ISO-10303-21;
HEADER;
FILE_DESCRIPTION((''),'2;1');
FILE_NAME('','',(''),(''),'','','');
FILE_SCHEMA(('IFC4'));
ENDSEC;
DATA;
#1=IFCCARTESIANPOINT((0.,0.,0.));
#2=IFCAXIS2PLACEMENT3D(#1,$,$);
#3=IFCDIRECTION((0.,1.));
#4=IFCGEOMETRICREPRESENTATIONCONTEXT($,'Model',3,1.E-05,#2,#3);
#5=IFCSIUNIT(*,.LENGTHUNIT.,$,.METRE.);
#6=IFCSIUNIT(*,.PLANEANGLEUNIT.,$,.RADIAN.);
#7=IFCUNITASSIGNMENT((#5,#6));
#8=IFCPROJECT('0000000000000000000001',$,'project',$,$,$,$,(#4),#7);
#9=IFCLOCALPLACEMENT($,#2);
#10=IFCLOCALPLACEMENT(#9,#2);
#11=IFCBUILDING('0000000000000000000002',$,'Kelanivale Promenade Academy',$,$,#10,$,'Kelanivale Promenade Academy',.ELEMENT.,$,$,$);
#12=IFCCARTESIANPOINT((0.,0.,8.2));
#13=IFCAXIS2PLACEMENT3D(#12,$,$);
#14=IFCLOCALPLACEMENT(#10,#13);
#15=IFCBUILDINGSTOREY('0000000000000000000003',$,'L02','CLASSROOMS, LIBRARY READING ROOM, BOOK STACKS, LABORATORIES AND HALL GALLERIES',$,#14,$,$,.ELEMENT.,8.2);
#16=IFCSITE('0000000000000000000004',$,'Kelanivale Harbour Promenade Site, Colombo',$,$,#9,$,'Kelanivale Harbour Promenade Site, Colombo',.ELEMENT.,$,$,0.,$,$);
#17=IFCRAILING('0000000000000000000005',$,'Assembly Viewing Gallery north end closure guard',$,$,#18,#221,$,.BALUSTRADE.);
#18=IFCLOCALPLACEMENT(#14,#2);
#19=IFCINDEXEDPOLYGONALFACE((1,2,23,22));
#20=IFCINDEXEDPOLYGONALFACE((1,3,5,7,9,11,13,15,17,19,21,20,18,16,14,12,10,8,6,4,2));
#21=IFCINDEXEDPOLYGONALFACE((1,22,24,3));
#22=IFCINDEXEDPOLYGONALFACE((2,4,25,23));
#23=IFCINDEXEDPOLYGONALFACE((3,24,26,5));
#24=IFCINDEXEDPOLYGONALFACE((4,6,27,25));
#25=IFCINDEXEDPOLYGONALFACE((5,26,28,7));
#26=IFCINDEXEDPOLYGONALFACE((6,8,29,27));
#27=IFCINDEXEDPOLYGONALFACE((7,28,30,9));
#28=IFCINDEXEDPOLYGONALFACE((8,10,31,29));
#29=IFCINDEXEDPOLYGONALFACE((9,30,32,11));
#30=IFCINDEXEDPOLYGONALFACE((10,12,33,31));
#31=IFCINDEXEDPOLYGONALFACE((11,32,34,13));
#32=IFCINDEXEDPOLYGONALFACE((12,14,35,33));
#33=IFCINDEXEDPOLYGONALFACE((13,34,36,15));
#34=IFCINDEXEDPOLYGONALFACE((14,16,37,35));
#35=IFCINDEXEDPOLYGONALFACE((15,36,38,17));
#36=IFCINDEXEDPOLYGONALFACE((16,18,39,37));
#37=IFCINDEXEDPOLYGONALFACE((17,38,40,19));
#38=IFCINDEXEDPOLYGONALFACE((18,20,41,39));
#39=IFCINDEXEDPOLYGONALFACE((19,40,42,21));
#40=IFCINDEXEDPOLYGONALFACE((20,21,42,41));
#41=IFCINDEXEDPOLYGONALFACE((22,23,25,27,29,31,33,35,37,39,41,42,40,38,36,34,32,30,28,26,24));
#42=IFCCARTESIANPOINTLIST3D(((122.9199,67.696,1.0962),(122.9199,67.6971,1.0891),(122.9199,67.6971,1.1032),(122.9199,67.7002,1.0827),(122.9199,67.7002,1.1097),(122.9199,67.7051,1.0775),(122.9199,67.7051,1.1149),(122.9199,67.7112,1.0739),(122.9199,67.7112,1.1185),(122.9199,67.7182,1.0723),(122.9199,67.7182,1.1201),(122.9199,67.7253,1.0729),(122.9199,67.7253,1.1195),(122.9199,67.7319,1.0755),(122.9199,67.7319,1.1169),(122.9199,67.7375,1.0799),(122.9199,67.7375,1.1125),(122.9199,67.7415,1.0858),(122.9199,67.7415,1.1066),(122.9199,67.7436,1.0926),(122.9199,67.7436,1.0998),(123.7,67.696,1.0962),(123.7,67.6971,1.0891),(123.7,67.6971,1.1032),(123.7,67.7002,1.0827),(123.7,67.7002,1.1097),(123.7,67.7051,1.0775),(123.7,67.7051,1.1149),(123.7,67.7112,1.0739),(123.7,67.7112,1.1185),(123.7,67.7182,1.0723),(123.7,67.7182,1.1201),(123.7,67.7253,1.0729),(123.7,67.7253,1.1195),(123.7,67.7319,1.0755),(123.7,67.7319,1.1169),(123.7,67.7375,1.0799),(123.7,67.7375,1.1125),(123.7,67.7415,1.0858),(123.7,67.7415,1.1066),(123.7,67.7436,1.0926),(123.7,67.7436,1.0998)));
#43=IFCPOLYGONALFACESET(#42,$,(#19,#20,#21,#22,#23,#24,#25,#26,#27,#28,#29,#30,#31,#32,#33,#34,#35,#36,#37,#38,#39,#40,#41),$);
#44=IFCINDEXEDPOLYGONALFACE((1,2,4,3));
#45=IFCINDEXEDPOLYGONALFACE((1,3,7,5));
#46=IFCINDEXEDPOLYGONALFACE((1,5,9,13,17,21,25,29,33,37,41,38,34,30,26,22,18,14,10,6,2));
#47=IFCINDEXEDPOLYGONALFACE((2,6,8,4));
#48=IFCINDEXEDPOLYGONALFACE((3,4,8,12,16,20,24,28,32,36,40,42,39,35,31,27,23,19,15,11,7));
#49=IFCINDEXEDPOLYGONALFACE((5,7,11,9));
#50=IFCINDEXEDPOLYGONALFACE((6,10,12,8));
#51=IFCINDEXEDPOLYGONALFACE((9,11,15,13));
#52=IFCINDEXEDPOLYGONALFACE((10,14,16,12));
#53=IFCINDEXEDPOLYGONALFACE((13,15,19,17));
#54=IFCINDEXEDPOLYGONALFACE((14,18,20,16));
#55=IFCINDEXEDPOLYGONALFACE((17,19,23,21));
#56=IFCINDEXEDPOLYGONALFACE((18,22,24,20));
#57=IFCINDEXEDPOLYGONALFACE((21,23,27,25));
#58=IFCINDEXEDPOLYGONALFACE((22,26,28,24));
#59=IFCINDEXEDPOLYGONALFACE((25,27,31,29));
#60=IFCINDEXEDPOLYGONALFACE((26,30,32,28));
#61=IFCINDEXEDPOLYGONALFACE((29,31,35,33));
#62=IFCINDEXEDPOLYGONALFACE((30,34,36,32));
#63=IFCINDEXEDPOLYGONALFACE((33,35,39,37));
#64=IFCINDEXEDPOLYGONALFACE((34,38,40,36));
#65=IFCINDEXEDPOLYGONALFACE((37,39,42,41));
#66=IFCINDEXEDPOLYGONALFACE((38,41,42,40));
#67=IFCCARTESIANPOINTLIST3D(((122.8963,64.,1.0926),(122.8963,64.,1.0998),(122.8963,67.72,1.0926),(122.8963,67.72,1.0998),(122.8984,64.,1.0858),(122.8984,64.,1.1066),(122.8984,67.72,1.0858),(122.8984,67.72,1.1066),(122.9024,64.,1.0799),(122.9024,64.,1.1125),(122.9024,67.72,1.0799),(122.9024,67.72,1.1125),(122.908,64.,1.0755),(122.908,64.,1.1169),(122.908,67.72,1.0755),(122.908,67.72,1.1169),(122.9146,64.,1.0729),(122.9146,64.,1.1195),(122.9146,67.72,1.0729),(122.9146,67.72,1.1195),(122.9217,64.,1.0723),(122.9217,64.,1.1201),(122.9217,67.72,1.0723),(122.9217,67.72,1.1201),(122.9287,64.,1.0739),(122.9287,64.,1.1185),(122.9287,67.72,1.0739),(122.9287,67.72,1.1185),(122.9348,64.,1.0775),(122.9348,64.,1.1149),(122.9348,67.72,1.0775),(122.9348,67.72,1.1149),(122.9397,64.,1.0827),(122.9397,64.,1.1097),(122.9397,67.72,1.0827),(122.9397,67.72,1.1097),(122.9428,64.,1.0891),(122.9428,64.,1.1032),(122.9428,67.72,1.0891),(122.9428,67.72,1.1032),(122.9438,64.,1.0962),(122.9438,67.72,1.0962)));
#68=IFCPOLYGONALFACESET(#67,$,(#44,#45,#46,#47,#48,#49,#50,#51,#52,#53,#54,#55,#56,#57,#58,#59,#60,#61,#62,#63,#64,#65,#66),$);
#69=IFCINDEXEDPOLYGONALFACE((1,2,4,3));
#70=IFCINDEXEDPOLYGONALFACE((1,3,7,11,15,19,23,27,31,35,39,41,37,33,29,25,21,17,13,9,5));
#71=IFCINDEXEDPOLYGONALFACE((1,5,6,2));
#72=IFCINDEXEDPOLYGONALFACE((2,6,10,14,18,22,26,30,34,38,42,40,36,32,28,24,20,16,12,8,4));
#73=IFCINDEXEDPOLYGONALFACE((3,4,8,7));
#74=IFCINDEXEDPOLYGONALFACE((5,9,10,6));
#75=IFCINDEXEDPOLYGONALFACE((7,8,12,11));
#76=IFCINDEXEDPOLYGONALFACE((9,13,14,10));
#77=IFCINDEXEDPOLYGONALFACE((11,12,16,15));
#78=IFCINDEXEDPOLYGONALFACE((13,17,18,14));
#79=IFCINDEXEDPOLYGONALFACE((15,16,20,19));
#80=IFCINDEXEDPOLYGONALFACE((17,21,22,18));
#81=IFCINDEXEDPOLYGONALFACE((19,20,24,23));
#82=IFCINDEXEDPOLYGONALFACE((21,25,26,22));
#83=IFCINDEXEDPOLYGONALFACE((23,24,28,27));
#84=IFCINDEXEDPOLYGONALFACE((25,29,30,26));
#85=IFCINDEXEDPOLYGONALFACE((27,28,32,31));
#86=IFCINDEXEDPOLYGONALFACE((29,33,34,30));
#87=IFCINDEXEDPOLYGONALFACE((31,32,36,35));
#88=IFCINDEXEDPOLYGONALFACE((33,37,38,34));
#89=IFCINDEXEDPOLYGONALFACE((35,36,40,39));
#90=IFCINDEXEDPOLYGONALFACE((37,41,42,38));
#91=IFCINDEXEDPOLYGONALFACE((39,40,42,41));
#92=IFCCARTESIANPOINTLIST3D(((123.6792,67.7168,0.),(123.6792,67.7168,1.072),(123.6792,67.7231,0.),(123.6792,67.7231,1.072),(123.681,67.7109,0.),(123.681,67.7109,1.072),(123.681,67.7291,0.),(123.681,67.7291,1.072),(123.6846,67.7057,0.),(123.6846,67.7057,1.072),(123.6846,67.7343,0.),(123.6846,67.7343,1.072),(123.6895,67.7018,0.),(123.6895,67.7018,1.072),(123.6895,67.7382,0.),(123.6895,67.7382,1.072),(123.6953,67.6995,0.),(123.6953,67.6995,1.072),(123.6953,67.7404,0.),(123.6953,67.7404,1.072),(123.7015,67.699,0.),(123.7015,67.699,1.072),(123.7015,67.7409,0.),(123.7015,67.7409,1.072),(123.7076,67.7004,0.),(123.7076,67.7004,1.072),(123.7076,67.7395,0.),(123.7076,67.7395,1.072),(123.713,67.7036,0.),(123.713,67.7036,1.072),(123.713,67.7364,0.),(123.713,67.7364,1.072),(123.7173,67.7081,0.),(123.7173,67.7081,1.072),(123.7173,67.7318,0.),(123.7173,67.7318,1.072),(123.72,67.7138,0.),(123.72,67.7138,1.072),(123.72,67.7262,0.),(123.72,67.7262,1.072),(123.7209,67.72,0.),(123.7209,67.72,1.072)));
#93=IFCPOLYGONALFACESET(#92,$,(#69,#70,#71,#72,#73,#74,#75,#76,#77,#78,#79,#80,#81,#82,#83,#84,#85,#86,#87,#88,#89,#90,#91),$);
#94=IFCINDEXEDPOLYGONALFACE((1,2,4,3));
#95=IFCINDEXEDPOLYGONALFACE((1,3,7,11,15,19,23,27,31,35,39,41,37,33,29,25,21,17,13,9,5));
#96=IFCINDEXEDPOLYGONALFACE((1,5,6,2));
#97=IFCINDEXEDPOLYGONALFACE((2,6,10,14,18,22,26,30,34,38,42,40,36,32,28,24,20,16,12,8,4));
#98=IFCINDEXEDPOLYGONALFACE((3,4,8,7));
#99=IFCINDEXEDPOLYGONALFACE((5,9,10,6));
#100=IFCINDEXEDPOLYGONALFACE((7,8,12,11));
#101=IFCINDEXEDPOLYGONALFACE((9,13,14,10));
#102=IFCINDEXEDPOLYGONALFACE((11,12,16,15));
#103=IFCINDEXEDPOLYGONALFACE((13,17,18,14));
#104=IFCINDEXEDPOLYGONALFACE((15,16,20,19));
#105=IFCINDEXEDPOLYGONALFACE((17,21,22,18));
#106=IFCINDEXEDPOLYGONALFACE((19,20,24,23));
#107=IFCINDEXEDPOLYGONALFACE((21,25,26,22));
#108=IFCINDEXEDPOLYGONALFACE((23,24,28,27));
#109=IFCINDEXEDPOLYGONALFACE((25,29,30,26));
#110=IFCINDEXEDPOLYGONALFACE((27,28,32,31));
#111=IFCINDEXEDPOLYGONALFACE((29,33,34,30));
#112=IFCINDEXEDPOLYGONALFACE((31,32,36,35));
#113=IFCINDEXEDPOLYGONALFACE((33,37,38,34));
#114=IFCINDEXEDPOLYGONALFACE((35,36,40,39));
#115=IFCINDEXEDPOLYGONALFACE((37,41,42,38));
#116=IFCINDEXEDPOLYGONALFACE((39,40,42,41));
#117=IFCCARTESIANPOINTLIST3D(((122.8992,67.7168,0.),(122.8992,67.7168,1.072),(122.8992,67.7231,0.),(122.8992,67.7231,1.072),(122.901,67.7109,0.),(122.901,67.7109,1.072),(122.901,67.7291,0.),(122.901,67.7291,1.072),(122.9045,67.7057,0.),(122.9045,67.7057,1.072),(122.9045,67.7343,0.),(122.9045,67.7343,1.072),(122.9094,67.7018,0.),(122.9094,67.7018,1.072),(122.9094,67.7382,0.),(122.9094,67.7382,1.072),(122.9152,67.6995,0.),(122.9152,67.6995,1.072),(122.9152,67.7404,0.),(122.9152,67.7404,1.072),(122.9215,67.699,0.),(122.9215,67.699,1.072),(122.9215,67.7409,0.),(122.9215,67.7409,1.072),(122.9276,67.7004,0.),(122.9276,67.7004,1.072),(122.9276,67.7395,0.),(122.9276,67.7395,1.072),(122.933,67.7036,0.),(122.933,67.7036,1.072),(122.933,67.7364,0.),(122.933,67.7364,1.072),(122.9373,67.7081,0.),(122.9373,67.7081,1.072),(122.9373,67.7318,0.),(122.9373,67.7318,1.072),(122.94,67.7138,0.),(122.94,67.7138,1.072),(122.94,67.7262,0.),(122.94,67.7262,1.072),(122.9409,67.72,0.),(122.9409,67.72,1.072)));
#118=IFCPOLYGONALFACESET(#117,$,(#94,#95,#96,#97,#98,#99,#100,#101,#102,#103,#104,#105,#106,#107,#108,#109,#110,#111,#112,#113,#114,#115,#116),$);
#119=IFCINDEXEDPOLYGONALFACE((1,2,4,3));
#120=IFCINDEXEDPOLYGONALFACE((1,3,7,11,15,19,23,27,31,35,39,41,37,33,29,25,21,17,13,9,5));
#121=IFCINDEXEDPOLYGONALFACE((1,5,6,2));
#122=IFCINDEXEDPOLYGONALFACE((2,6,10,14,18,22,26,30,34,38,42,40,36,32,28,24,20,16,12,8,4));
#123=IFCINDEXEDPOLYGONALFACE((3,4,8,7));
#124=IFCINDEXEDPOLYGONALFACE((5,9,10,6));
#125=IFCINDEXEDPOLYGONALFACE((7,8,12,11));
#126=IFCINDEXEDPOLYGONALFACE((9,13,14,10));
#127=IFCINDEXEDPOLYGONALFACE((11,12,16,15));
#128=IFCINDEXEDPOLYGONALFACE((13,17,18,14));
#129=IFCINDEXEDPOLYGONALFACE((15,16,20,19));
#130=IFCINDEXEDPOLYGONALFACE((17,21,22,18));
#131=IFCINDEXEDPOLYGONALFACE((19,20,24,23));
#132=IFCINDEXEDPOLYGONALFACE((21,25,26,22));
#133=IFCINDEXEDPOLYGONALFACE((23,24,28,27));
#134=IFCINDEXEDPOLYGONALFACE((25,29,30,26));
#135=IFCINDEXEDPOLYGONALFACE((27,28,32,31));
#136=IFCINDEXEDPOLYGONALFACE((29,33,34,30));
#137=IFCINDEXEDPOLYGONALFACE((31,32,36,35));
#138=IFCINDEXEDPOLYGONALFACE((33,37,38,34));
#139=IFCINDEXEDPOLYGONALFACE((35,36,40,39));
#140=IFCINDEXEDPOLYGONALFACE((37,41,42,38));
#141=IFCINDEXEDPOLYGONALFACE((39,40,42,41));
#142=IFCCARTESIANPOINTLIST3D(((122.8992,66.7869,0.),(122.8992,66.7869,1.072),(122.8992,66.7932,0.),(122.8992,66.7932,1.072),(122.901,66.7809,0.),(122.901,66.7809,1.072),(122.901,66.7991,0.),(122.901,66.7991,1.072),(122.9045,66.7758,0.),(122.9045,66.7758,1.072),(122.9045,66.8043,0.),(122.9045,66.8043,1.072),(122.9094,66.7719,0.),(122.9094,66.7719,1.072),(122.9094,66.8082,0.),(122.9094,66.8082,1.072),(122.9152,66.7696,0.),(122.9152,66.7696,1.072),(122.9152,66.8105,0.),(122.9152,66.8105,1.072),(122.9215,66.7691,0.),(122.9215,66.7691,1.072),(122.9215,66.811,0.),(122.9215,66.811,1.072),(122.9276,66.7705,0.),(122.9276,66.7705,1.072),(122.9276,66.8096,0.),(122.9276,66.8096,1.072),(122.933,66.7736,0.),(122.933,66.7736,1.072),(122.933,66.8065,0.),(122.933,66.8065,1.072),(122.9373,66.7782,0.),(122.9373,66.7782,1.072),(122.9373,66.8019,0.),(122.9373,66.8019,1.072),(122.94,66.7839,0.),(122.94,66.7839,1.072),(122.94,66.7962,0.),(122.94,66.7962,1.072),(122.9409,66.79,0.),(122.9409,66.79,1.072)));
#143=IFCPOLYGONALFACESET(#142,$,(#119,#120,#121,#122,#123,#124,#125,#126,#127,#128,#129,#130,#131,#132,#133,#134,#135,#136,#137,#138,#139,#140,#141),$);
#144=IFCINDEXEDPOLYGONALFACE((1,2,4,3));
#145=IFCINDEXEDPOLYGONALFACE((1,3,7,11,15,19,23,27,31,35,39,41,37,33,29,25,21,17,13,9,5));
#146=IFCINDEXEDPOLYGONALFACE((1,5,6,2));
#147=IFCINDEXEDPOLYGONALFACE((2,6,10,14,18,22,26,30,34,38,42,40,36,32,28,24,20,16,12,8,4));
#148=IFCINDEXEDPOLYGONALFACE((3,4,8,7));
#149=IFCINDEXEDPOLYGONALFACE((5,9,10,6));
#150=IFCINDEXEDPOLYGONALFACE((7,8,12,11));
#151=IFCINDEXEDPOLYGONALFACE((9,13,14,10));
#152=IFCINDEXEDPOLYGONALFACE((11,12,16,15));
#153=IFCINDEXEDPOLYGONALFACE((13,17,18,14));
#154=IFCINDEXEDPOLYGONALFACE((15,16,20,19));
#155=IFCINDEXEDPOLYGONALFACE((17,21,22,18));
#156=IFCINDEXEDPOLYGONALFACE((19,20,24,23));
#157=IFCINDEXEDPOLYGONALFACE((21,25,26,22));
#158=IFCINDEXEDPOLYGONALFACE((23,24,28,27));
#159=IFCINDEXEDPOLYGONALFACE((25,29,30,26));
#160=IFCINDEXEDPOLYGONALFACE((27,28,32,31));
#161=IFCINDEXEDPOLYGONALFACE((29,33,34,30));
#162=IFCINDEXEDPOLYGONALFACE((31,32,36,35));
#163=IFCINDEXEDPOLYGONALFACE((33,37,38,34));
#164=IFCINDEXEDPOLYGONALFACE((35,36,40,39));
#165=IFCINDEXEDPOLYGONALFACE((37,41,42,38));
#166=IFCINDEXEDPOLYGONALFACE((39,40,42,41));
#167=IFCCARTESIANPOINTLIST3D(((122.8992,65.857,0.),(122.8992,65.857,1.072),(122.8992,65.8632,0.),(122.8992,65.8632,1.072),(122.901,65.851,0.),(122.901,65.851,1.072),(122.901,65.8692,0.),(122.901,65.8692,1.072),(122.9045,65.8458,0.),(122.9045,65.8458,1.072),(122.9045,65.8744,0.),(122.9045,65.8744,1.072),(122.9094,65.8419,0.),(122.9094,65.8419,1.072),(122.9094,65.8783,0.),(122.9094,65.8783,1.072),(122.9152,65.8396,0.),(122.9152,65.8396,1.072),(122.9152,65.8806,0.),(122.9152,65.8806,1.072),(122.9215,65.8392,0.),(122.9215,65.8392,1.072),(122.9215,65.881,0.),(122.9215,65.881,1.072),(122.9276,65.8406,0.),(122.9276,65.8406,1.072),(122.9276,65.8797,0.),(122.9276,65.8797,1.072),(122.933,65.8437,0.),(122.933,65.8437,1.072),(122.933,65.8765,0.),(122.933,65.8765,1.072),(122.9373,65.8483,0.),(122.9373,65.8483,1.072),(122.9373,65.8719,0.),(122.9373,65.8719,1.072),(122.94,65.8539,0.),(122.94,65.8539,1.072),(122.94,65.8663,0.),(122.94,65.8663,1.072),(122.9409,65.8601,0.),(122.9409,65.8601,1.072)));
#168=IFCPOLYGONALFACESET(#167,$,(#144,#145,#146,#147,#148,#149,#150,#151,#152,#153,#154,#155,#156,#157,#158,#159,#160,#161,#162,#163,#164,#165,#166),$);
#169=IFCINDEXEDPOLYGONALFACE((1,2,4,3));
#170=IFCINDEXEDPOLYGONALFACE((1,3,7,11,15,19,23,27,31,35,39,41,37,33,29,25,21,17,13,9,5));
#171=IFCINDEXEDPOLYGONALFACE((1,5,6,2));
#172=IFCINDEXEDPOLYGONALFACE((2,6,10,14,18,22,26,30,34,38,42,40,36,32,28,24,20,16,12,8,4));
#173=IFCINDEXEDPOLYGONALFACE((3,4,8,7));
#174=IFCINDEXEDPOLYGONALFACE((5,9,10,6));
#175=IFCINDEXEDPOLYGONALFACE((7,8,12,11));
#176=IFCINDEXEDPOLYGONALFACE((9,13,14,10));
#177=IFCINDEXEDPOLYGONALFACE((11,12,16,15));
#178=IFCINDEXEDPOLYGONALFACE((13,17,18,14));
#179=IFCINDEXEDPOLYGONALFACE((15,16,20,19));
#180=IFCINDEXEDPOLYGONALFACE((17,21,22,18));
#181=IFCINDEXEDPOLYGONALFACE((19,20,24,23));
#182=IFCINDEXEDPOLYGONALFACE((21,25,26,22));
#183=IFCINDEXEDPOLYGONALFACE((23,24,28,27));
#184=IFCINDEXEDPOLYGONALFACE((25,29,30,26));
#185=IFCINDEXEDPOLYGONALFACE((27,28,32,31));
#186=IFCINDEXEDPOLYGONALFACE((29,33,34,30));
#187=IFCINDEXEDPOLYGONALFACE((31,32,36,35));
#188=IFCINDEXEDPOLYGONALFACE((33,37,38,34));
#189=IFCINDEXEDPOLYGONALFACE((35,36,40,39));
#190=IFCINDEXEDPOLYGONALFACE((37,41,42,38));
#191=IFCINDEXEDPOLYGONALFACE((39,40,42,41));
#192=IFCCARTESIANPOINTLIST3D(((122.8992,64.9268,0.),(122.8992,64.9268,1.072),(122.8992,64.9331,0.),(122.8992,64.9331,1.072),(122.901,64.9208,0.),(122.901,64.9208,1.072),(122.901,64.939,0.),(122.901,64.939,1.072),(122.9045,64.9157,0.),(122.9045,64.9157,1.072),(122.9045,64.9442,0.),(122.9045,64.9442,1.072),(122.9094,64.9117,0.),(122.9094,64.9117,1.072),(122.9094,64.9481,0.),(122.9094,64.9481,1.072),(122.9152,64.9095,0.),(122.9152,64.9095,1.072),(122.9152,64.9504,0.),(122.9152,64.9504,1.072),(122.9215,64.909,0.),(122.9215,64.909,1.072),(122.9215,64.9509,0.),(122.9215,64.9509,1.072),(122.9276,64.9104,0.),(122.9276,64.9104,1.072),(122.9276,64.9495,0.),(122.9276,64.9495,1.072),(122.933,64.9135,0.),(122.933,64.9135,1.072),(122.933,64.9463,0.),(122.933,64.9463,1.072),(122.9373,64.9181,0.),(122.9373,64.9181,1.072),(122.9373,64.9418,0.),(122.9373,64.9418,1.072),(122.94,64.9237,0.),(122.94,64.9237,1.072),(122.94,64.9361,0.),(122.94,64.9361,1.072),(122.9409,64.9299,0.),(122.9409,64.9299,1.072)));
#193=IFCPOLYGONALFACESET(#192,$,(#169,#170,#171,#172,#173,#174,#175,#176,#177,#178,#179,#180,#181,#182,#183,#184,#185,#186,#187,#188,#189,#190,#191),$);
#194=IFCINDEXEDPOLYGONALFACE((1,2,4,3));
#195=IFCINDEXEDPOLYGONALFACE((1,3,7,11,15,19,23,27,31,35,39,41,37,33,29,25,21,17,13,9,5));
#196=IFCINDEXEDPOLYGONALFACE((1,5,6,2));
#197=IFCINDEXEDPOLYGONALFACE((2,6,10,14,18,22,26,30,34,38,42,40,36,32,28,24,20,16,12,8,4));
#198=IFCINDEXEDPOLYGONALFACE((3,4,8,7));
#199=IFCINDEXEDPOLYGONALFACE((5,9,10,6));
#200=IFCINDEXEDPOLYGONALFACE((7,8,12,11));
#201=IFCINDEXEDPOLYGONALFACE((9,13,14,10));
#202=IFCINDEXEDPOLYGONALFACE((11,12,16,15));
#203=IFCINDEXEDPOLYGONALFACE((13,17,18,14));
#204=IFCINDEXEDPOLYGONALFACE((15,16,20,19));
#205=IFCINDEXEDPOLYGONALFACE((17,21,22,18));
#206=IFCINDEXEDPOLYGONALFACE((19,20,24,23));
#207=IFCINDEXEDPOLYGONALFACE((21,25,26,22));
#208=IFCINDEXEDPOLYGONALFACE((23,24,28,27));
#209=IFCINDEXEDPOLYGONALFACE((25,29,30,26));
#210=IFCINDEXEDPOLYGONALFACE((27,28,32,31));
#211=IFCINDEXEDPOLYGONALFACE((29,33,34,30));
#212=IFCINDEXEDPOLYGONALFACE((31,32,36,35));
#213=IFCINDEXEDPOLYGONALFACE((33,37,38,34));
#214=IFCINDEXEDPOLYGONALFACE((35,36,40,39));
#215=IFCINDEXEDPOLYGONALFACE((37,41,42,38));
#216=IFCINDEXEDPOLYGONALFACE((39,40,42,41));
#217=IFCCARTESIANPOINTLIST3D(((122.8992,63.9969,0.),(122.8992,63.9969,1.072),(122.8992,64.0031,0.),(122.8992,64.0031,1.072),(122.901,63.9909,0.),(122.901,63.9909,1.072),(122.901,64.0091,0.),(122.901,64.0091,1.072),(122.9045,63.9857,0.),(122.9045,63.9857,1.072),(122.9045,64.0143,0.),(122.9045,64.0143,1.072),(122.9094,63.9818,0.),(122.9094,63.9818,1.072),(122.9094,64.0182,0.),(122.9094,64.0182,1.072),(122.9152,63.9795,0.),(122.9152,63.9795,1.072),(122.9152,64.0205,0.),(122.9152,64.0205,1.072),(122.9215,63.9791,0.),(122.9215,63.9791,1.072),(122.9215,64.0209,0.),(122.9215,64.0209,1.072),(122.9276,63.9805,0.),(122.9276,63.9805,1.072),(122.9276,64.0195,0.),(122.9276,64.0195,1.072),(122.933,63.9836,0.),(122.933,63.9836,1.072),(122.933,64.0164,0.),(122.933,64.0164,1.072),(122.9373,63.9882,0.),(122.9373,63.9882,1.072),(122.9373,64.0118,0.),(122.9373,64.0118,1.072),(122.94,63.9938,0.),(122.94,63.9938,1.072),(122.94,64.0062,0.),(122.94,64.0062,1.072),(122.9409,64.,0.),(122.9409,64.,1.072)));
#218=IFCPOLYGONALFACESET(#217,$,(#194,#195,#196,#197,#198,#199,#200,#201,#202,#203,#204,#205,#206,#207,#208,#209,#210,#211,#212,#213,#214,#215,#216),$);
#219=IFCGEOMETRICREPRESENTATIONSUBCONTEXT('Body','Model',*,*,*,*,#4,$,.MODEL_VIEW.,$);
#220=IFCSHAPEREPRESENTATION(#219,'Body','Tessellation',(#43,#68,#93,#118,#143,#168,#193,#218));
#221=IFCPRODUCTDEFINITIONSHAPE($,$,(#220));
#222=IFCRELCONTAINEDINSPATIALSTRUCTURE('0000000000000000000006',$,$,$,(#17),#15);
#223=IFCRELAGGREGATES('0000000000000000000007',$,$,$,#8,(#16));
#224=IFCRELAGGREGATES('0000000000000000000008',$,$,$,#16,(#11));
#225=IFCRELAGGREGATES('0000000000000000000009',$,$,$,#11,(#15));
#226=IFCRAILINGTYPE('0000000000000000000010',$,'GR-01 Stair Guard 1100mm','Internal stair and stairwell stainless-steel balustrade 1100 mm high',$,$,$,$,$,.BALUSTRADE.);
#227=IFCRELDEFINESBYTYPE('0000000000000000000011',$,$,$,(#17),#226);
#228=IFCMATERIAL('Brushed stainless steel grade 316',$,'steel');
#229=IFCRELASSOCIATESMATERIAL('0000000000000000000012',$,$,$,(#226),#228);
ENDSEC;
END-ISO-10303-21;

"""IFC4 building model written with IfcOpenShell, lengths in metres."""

from ifc_helpers import new_model, si_unit, direction, frame, origin, origin_2d, place, context, subcontext, project, spatial, circle, extrude, material, type_object, element, save


model = new_model("IFC4")

# Units and contexts
model_context = context("Model", 3, precision=1e-05, world=origin(), true_north=direction((0.0, 1.0)))
body_context = subcontext(model_context, "Body", "Model", "MODEL_VIEW")
ifc_project = project(units=[si_unit("LENGTHUNIT", "METRE"), si_unit("PLANEANGLEUNIT", "RADIAN")], contexts=[model_context])

# Site, building, storey
site_placement = place(None, origin())
site = spatial("IfcSite", under=ifc_project, at=site_placement, Name="Kelanivale Harbour Promenade Site, Colombo", LongName="Kelanivale Harbour Promenade Site, Colombo", CompositionType="ELEMENT", RefElevation=0.0)
building_placement = place(site_placement, origin())
building = spatial("IfcBuilding", under=site, at=building_placement, Name="Kelanivale Promenade Academy", LongName="Kelanivale Promenade Academy", CompositionType="ELEMENT")
storey_placement = place(building_placement, frame((0.0, 0.0, 8.2)))
storey = spatial("IfcBuildingStorey", under=building, at=storey_placement, Name="L02", Description="CLASSROOMS, LIBRARY READING ROOM, BOOK STACKS, LABORATORIES AND HALL GALLERIES", CompositionType="ELEMENT", Elevation=8.2)

# Railing
ifc_material_1 = material(Name="Brushed stainless steel grade 316", Category="steel")
railing_type = type_object("IfcRailingType", Name="GR-01 Stair Guard 1100mm", Description="Internal stair and stairwell stainless-steel balustrade 1100 mm high", PredefinedType="BALUSTRADE", material=ifc_material_1)
railing_placement = place(storey_placement, frame((123.7, 67.72, 0.0)))
element("IfcRailing", 1, at=railing_placement, inside=storey, type_object=railing_type, Name="Assembly Viewing Gallery north end closure guard", PredefinedType="BALUSTRADE", context=body_context, shape_type="SweptSolid", body=[
    extrude(circle(Radius=0.0239, at=origin_2d()), frame((0.0, 0.0, 1.0962), z_axis=(-1.0, 0.0, 0.0), x_axis=(0.0, -1.0, 0.0)), (0.0, 0.0, 1.0), 0.78),
    extrude(circle(Radius=0.0239, at=origin_2d()), frame((-0.78, 0.0, 1.0962), z_axis=(0.0, -1.0, 0.0), x_axis=(1.0, 0.0, 0.0)), (0.0, 0.0, 1.0), 3.72),
    extrude(circle(Radius=0.021, at=origin_2d()), origin(), (0.0, 0.0, 1.0), 1.072),
    extrude(circle(Radius=0.021, at=origin_2d()), frame((-0.78, 0.0, 0.0)), (0.0, 0.0, 1.0), 1.072),
    extrude(circle(Radius=0.021, at=origin_2d()), frame((-0.78, -0.9299, 0.0)), (0.0, 0.0, 1.0), 1.072),
    extrude(circle(Radius=0.021, at=origin_2d()), frame((-0.78, -1.8599, 0.0)), (0.0, 0.0, 1.0), 1.072),
    extrude(circle(Radius=0.021, at=origin_2d()), frame((-0.78, -2.79, 0.0)), (0.0, 0.0, 1.0), 1.072),
    extrude(circle(Radius=0.021, at=origin_2d()), frame((-0.78, -3.72, 0.0)), (0.0, 0.0, 1.0), 1.072),
])

save(model, "model.ifc")
